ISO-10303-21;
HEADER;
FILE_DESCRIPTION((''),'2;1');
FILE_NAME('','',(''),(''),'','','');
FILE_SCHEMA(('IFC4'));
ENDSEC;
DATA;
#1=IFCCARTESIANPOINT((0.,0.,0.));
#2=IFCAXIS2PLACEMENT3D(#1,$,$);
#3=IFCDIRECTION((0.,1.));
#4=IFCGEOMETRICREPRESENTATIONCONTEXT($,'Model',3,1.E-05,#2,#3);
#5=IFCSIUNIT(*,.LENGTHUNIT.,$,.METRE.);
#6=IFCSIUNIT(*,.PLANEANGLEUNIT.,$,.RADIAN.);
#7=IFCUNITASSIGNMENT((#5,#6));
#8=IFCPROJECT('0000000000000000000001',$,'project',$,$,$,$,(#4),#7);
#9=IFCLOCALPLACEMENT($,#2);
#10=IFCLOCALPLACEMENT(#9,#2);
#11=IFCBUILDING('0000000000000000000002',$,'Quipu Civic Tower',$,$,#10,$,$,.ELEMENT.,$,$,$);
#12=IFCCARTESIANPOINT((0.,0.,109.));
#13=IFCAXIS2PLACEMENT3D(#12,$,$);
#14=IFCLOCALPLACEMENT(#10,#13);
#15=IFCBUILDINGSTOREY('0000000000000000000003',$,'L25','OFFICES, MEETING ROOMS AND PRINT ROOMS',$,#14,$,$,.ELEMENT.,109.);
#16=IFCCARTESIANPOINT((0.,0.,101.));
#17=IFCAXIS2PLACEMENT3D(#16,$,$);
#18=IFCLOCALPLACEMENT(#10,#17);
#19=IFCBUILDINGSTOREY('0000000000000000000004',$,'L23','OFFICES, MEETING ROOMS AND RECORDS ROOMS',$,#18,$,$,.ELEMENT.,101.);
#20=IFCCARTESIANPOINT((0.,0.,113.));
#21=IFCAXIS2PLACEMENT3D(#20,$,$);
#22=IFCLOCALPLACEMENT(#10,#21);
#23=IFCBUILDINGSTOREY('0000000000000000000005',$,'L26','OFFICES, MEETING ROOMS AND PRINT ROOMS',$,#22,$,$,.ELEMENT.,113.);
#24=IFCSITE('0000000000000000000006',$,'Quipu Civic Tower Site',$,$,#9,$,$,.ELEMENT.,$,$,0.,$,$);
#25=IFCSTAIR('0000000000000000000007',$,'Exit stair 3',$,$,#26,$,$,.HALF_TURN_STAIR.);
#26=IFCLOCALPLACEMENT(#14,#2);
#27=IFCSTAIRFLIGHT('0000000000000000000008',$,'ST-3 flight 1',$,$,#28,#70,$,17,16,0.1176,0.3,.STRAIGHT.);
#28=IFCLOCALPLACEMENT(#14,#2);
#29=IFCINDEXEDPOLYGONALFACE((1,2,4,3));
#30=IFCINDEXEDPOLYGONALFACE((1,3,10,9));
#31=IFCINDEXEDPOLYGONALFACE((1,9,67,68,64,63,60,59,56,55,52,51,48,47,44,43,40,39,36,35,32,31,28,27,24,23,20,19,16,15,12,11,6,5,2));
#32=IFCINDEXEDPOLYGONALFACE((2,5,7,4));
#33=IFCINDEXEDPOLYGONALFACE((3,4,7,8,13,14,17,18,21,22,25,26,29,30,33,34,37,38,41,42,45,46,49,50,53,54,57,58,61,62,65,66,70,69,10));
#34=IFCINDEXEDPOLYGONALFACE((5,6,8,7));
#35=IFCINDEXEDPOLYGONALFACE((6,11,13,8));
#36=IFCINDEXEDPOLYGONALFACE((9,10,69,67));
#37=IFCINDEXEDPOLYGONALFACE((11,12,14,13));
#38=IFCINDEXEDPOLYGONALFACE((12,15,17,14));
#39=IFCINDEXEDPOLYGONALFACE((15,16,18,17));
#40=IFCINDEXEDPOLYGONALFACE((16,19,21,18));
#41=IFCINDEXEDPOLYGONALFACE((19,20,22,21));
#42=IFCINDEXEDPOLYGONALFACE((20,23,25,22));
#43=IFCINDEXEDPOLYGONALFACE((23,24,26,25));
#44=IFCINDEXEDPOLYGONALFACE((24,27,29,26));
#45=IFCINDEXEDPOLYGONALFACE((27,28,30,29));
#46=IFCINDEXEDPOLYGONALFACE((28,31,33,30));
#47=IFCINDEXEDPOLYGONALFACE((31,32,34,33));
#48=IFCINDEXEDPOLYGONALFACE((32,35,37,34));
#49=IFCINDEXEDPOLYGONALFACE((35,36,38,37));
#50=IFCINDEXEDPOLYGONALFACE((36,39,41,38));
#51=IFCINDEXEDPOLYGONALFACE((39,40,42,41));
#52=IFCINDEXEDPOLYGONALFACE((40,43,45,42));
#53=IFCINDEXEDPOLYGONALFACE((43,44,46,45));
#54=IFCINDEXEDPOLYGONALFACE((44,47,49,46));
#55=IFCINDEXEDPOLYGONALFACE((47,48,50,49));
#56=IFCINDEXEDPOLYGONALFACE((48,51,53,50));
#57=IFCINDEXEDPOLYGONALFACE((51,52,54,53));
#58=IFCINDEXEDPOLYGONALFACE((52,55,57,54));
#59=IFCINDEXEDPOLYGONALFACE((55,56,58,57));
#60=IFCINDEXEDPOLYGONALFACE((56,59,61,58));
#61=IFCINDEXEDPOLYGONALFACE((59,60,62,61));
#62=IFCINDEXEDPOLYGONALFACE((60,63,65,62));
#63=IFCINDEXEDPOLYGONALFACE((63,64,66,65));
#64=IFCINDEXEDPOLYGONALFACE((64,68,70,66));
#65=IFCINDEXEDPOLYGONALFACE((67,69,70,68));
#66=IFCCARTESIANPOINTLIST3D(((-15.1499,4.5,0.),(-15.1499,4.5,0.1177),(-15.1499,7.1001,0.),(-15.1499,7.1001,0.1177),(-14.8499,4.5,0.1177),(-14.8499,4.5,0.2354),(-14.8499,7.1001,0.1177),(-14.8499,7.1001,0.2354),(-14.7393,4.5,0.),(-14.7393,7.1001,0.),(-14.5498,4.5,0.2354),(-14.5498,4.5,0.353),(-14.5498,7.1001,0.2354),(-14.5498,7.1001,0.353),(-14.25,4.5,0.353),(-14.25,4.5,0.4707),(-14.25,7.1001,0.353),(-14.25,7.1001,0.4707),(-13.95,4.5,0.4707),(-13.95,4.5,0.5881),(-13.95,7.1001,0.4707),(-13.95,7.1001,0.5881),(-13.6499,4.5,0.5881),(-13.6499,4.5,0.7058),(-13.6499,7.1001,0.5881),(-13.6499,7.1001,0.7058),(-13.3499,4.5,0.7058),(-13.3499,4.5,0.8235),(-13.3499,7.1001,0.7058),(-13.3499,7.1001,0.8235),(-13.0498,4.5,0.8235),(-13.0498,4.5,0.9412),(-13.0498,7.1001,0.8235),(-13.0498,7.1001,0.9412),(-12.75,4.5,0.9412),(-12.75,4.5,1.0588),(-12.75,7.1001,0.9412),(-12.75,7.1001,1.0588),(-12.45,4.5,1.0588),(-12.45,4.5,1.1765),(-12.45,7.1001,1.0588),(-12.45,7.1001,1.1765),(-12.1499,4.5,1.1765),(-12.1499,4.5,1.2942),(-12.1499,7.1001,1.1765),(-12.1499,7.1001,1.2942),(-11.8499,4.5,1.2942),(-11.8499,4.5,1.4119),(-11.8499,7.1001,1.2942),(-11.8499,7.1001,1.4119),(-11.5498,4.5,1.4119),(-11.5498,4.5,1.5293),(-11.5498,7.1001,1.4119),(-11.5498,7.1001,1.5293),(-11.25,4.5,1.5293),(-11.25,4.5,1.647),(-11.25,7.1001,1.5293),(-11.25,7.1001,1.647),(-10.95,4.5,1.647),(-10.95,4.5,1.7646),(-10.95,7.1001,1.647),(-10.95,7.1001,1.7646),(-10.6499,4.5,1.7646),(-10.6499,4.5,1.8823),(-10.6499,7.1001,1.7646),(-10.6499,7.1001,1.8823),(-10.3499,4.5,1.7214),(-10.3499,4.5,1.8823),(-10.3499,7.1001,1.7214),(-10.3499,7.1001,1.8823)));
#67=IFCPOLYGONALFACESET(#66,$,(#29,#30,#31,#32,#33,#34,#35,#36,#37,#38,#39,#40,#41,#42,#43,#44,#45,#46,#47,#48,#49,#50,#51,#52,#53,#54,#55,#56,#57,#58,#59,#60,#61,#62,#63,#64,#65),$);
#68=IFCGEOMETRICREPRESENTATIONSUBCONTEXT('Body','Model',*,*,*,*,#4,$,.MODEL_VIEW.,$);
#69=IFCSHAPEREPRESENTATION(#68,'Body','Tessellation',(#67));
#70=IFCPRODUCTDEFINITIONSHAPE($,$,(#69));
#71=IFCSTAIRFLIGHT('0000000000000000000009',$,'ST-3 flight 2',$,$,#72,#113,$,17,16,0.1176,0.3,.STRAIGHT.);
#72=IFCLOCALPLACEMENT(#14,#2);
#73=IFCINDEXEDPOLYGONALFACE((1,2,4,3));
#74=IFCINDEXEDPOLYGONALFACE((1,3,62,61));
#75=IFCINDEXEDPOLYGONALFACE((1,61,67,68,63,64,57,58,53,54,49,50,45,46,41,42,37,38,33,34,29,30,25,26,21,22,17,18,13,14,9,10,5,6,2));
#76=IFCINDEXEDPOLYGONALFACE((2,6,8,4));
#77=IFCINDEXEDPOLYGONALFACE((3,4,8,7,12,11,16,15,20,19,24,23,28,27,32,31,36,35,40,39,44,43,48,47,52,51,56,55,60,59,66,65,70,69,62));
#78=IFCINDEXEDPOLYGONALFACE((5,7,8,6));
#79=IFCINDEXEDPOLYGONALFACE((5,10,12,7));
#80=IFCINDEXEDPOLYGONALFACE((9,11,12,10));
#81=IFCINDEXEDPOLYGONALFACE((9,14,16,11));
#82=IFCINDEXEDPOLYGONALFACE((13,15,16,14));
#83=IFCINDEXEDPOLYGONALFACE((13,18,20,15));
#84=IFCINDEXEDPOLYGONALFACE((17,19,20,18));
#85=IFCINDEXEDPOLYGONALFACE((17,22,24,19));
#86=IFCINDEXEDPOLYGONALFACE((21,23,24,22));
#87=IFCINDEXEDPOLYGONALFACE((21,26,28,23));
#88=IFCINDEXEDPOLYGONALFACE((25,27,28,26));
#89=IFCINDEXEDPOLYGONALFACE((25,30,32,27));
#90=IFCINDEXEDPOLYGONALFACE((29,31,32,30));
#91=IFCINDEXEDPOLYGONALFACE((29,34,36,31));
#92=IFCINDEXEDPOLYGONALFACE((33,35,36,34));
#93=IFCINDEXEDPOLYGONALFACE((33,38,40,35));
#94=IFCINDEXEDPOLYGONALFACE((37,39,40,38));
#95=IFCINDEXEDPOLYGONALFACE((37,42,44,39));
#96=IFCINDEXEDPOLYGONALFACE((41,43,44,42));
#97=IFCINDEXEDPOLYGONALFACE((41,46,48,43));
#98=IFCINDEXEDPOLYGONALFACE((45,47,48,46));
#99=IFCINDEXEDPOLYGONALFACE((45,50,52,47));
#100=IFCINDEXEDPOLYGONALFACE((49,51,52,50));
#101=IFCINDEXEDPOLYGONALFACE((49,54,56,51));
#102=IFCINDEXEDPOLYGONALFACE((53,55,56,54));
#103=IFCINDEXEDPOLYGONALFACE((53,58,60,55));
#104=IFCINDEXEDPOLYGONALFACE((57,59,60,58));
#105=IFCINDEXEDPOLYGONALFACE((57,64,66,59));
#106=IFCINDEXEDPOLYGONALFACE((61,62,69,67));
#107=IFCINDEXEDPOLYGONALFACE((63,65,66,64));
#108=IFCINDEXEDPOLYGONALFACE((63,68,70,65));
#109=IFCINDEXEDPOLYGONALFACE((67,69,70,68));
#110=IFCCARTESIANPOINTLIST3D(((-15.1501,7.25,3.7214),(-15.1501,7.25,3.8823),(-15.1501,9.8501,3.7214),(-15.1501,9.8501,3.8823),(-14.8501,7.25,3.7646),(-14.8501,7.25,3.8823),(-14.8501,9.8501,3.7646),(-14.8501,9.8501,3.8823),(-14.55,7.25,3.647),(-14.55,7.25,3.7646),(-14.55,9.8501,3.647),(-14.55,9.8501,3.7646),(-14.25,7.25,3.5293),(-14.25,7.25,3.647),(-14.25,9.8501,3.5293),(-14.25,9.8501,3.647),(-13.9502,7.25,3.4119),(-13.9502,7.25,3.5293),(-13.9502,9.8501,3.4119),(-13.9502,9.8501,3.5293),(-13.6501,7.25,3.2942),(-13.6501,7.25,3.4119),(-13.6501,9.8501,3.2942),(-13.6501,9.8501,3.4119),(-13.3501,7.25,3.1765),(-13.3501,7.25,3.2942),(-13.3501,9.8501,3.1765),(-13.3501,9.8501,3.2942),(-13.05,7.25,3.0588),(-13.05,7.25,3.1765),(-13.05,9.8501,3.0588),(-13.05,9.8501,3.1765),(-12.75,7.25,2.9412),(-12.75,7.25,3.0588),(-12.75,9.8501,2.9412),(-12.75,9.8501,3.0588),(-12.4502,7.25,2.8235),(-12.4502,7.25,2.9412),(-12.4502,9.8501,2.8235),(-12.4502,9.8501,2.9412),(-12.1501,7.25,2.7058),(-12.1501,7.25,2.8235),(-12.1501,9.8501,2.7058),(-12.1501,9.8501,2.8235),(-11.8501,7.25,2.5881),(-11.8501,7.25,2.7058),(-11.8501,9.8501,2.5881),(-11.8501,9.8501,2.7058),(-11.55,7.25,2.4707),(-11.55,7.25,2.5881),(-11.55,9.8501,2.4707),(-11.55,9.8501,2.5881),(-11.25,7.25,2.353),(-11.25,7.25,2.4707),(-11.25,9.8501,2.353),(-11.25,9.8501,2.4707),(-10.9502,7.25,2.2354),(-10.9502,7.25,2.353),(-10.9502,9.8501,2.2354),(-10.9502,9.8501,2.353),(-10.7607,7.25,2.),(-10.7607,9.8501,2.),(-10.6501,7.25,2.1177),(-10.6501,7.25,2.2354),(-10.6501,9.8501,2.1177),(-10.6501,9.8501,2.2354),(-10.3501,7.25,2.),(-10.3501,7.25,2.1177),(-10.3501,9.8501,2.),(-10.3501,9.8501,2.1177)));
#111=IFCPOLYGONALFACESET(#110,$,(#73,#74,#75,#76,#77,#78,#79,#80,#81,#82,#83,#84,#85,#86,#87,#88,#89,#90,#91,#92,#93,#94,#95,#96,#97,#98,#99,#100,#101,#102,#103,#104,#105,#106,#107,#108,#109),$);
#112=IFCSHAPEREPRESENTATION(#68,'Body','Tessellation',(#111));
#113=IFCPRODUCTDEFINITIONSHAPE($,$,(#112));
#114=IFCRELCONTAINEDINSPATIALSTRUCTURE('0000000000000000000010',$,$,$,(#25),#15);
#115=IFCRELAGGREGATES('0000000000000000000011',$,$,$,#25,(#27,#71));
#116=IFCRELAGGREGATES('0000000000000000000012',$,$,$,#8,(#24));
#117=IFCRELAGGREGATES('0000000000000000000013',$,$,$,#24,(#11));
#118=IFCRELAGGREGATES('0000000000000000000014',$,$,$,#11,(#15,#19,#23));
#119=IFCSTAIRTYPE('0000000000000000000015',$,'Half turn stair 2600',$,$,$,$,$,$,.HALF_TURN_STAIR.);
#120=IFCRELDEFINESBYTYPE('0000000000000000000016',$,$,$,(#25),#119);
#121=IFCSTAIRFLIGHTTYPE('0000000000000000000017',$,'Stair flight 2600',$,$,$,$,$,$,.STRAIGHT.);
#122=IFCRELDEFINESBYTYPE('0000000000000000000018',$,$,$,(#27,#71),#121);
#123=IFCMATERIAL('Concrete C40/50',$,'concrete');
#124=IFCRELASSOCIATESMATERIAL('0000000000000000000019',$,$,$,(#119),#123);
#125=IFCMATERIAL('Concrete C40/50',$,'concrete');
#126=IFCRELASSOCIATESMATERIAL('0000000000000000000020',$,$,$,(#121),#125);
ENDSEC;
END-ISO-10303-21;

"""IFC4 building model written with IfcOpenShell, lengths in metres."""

from ifc_helpers import new_model, si_unit, direction, frame, origin, place, context, subcontext, project, spatial, polyline, outline, extrude, material, type_object, element, aggregate, save


model = new_model("IFC4")

# Units and contexts
model_context = context("Model", 3, precision=1e-05, world=origin(), true_north=direction((0.0, 1.0)))
body_context = subcontext(model_context, "Body", "Model", "MODEL_VIEW")
ifc_project = project(units=[si_unit("LENGTHUNIT", "METRE"), si_unit("PLANEANGLEUNIT", "RADIAN")], contexts=[model_context])

# Site, building, storey
site_placement = place(None, origin())
site = spatial("IfcSite", under=ifc_project, at=site_placement, Name="Quipu Civic Tower Site", CompositionType="ELEMENT", RefElevation=0.0)
building_placement = place(site_placement, origin())
building = spatial("IfcBuilding", under=site, at=building_placement, Name="Quipu Civic Tower", CompositionType="ELEMENT")
storey_1_placement = place(building_placement, frame((0.0, 0.0, 109.0)))
storey_1 = spatial("IfcBuildingStorey", under=building, at=storey_1_placement, Name="L25", Description="OFFICES, MEETING ROOMS AND PRINT ROOMS", CompositionType="ELEMENT", Elevation=109.0)

# Shared definitions
storey_2_placement = place(building_placement, frame((0.0, 0.0, 101.0)))
storey_2 = spatial("IfcBuildingStorey", under=building, at=storey_2_placement, Name="L23", Description="OFFICES, MEETING ROOMS AND RECORDS ROOMS", CompositionType="ELEMENT", Elevation=101.0)

# Shared definitions
storey_3_placement = place(building_placement, frame((0.0, 0.0, 113.0)))
storey_3 = spatial("IfcBuildingStorey", under=building, at=storey_3_placement, Name="L26", Description="OFFICES, MEETING ROOMS AND PRINT ROOMS", CompositionType="ELEMENT", Elevation=113.0)

# Stair, stair flights
ifc_material_1 = material(Name="Concrete C40/50", Category="concrete")
stair_type = type_object("IfcStairType", Name="Half turn stair 2600", PredefinedType="HALF_TURN_STAIR", material=ifc_material_1)
stair_placement = place(storey_1_placement, origin())
stair = element("IfcStair", 1, at=stair_placement, inside=storey_1, type_object=stair_type, Name="Exit stair 3", PredefinedType="HALF_TURN_STAIR")
ifc_material_2 = material(Name="Concrete C40/50", Category="concrete")
stair_flight_type = type_object("IfcStairFlightType", Name="Stair flight 2600", PredefinedType="STRAIGHT", material=ifc_material_2)
stair_flight_1_placement = place(storey_1_placement, frame((-15.1499, 5.8, 0.0), z_axis=(0.0, 0.0, 1.0), x_axis=(1.0, 0.0, 0.0)))
stair_flight_1 = element("IfcStairFlight", 2, at=stair_flight_1_placement, type_object=stair_flight_type, Name="ST-3 flight 1", NumberOfRisers=17, NumberOfTreads=16, PredefinedType="STRAIGHT", RiserHeight=0.1176, TreadLength=0.3, context=body_context, shape_type="SweptSolid", body=[
    extrude(outline(polyline([(0.0, 0.0), (0.0, 0.1177), (0.3, 0.1177), (0.3, 0.2354), (0.6001, 0.2354), (0.6001, 0.353), (0.8999, 0.353), (0.8999, 0.4707), (1.2, 0.4707), (1.2, 0.5881), (1.5, 0.5881), (1.5, 0.7058), (1.8, 0.7058), (1.8, 0.8235), (2.1001, 0.8235), (2.1001, 0.9412), (2.3999, 0.9412), (2.3999, 1.0588), (2.7, 1.0588), (2.7, 1.1765), (3.0, 1.1765), (3.0, 1.2942), (3.3, 1.2942), (3.3, 1.4119), (3.6001, 1.4119), (3.6001, 1.5293), (3.8999, 1.5293), (3.8999, 1.647), (4.2, 1.647), (4.2, 1.7646), (4.5, 1.7646), (4.5, 1.8823), (4.8, 1.8823), (4.8, 2.0), (4.8, 1.7214), (0.4106, 0.0), (0.0, 0.0)])), frame((0.0, 1.3, 0.0), z_axis=(0.0, -1.0, 0.0), x_axis=(1.0, 0.0, 0.0)), (0.0, 0.0, 1.0), 2.6001),
])
stair_flight_2_placement = place(storey_1_placement, frame((-10.3501, 8.55, 2.0), z_axis=(0.0, 0.0, 1.0), x_axis=(-1.0, 0.0, 0.0)))
stair_flight_2 = element("IfcStairFlight", 3, at=stair_flight_2_placement, type_object=stair_flight_type, Name="ST-3 flight 2", NumberOfRisers=17, NumberOfTreads=16, PredefinedType="STRAIGHT", RiserHeight=0.1176, TreadLength=0.3, context=body_context, shape_type="SweptSolid", body=[
    extrude(outline(polyline([(0.0, 0.0), (0.0, 0.1177), (0.3, 0.1177), (0.3, 0.2354), (0.6001, 0.2354), (0.6001, 0.353), (0.8999, 0.353), (0.8999, 0.4707), (1.2, 0.4707), (1.2, 0.5881), (1.5, 0.5881), (1.5, 0.7058), (1.8, 0.7058), (1.8, 0.8235), (2.1001, 0.8235), (2.1001, 0.9412), (2.3999, 0.9412), (2.3999, 1.0588), (2.7, 1.0588), (2.7, 1.1765), (3.0, 1.1765), (3.0, 1.2942), (3.3, 1.2942), (3.3, 1.4119), (3.6001, 1.4119), (3.6001, 1.5293), (3.8999, 1.5293), (3.8999, 1.647), (4.2, 1.647), (4.2, 1.7646), (4.5, 1.7646), (4.5, 1.8823), (4.8, 1.8823), (4.8, 2.0), (4.8, 1.7214), (0.4106, 0.0), (0.0, 0.0)])), frame((0.0, 1.3, 0.0), z_axis=(0.0, -1.0, 0.0), x_axis=(1.0, 0.0, 0.0)), (0.0, 0.0, 1.0), 2.6001),
])
aggregate(stair, [stair_flight_1, stair_flight_2])

save(model, "model.ifc")
